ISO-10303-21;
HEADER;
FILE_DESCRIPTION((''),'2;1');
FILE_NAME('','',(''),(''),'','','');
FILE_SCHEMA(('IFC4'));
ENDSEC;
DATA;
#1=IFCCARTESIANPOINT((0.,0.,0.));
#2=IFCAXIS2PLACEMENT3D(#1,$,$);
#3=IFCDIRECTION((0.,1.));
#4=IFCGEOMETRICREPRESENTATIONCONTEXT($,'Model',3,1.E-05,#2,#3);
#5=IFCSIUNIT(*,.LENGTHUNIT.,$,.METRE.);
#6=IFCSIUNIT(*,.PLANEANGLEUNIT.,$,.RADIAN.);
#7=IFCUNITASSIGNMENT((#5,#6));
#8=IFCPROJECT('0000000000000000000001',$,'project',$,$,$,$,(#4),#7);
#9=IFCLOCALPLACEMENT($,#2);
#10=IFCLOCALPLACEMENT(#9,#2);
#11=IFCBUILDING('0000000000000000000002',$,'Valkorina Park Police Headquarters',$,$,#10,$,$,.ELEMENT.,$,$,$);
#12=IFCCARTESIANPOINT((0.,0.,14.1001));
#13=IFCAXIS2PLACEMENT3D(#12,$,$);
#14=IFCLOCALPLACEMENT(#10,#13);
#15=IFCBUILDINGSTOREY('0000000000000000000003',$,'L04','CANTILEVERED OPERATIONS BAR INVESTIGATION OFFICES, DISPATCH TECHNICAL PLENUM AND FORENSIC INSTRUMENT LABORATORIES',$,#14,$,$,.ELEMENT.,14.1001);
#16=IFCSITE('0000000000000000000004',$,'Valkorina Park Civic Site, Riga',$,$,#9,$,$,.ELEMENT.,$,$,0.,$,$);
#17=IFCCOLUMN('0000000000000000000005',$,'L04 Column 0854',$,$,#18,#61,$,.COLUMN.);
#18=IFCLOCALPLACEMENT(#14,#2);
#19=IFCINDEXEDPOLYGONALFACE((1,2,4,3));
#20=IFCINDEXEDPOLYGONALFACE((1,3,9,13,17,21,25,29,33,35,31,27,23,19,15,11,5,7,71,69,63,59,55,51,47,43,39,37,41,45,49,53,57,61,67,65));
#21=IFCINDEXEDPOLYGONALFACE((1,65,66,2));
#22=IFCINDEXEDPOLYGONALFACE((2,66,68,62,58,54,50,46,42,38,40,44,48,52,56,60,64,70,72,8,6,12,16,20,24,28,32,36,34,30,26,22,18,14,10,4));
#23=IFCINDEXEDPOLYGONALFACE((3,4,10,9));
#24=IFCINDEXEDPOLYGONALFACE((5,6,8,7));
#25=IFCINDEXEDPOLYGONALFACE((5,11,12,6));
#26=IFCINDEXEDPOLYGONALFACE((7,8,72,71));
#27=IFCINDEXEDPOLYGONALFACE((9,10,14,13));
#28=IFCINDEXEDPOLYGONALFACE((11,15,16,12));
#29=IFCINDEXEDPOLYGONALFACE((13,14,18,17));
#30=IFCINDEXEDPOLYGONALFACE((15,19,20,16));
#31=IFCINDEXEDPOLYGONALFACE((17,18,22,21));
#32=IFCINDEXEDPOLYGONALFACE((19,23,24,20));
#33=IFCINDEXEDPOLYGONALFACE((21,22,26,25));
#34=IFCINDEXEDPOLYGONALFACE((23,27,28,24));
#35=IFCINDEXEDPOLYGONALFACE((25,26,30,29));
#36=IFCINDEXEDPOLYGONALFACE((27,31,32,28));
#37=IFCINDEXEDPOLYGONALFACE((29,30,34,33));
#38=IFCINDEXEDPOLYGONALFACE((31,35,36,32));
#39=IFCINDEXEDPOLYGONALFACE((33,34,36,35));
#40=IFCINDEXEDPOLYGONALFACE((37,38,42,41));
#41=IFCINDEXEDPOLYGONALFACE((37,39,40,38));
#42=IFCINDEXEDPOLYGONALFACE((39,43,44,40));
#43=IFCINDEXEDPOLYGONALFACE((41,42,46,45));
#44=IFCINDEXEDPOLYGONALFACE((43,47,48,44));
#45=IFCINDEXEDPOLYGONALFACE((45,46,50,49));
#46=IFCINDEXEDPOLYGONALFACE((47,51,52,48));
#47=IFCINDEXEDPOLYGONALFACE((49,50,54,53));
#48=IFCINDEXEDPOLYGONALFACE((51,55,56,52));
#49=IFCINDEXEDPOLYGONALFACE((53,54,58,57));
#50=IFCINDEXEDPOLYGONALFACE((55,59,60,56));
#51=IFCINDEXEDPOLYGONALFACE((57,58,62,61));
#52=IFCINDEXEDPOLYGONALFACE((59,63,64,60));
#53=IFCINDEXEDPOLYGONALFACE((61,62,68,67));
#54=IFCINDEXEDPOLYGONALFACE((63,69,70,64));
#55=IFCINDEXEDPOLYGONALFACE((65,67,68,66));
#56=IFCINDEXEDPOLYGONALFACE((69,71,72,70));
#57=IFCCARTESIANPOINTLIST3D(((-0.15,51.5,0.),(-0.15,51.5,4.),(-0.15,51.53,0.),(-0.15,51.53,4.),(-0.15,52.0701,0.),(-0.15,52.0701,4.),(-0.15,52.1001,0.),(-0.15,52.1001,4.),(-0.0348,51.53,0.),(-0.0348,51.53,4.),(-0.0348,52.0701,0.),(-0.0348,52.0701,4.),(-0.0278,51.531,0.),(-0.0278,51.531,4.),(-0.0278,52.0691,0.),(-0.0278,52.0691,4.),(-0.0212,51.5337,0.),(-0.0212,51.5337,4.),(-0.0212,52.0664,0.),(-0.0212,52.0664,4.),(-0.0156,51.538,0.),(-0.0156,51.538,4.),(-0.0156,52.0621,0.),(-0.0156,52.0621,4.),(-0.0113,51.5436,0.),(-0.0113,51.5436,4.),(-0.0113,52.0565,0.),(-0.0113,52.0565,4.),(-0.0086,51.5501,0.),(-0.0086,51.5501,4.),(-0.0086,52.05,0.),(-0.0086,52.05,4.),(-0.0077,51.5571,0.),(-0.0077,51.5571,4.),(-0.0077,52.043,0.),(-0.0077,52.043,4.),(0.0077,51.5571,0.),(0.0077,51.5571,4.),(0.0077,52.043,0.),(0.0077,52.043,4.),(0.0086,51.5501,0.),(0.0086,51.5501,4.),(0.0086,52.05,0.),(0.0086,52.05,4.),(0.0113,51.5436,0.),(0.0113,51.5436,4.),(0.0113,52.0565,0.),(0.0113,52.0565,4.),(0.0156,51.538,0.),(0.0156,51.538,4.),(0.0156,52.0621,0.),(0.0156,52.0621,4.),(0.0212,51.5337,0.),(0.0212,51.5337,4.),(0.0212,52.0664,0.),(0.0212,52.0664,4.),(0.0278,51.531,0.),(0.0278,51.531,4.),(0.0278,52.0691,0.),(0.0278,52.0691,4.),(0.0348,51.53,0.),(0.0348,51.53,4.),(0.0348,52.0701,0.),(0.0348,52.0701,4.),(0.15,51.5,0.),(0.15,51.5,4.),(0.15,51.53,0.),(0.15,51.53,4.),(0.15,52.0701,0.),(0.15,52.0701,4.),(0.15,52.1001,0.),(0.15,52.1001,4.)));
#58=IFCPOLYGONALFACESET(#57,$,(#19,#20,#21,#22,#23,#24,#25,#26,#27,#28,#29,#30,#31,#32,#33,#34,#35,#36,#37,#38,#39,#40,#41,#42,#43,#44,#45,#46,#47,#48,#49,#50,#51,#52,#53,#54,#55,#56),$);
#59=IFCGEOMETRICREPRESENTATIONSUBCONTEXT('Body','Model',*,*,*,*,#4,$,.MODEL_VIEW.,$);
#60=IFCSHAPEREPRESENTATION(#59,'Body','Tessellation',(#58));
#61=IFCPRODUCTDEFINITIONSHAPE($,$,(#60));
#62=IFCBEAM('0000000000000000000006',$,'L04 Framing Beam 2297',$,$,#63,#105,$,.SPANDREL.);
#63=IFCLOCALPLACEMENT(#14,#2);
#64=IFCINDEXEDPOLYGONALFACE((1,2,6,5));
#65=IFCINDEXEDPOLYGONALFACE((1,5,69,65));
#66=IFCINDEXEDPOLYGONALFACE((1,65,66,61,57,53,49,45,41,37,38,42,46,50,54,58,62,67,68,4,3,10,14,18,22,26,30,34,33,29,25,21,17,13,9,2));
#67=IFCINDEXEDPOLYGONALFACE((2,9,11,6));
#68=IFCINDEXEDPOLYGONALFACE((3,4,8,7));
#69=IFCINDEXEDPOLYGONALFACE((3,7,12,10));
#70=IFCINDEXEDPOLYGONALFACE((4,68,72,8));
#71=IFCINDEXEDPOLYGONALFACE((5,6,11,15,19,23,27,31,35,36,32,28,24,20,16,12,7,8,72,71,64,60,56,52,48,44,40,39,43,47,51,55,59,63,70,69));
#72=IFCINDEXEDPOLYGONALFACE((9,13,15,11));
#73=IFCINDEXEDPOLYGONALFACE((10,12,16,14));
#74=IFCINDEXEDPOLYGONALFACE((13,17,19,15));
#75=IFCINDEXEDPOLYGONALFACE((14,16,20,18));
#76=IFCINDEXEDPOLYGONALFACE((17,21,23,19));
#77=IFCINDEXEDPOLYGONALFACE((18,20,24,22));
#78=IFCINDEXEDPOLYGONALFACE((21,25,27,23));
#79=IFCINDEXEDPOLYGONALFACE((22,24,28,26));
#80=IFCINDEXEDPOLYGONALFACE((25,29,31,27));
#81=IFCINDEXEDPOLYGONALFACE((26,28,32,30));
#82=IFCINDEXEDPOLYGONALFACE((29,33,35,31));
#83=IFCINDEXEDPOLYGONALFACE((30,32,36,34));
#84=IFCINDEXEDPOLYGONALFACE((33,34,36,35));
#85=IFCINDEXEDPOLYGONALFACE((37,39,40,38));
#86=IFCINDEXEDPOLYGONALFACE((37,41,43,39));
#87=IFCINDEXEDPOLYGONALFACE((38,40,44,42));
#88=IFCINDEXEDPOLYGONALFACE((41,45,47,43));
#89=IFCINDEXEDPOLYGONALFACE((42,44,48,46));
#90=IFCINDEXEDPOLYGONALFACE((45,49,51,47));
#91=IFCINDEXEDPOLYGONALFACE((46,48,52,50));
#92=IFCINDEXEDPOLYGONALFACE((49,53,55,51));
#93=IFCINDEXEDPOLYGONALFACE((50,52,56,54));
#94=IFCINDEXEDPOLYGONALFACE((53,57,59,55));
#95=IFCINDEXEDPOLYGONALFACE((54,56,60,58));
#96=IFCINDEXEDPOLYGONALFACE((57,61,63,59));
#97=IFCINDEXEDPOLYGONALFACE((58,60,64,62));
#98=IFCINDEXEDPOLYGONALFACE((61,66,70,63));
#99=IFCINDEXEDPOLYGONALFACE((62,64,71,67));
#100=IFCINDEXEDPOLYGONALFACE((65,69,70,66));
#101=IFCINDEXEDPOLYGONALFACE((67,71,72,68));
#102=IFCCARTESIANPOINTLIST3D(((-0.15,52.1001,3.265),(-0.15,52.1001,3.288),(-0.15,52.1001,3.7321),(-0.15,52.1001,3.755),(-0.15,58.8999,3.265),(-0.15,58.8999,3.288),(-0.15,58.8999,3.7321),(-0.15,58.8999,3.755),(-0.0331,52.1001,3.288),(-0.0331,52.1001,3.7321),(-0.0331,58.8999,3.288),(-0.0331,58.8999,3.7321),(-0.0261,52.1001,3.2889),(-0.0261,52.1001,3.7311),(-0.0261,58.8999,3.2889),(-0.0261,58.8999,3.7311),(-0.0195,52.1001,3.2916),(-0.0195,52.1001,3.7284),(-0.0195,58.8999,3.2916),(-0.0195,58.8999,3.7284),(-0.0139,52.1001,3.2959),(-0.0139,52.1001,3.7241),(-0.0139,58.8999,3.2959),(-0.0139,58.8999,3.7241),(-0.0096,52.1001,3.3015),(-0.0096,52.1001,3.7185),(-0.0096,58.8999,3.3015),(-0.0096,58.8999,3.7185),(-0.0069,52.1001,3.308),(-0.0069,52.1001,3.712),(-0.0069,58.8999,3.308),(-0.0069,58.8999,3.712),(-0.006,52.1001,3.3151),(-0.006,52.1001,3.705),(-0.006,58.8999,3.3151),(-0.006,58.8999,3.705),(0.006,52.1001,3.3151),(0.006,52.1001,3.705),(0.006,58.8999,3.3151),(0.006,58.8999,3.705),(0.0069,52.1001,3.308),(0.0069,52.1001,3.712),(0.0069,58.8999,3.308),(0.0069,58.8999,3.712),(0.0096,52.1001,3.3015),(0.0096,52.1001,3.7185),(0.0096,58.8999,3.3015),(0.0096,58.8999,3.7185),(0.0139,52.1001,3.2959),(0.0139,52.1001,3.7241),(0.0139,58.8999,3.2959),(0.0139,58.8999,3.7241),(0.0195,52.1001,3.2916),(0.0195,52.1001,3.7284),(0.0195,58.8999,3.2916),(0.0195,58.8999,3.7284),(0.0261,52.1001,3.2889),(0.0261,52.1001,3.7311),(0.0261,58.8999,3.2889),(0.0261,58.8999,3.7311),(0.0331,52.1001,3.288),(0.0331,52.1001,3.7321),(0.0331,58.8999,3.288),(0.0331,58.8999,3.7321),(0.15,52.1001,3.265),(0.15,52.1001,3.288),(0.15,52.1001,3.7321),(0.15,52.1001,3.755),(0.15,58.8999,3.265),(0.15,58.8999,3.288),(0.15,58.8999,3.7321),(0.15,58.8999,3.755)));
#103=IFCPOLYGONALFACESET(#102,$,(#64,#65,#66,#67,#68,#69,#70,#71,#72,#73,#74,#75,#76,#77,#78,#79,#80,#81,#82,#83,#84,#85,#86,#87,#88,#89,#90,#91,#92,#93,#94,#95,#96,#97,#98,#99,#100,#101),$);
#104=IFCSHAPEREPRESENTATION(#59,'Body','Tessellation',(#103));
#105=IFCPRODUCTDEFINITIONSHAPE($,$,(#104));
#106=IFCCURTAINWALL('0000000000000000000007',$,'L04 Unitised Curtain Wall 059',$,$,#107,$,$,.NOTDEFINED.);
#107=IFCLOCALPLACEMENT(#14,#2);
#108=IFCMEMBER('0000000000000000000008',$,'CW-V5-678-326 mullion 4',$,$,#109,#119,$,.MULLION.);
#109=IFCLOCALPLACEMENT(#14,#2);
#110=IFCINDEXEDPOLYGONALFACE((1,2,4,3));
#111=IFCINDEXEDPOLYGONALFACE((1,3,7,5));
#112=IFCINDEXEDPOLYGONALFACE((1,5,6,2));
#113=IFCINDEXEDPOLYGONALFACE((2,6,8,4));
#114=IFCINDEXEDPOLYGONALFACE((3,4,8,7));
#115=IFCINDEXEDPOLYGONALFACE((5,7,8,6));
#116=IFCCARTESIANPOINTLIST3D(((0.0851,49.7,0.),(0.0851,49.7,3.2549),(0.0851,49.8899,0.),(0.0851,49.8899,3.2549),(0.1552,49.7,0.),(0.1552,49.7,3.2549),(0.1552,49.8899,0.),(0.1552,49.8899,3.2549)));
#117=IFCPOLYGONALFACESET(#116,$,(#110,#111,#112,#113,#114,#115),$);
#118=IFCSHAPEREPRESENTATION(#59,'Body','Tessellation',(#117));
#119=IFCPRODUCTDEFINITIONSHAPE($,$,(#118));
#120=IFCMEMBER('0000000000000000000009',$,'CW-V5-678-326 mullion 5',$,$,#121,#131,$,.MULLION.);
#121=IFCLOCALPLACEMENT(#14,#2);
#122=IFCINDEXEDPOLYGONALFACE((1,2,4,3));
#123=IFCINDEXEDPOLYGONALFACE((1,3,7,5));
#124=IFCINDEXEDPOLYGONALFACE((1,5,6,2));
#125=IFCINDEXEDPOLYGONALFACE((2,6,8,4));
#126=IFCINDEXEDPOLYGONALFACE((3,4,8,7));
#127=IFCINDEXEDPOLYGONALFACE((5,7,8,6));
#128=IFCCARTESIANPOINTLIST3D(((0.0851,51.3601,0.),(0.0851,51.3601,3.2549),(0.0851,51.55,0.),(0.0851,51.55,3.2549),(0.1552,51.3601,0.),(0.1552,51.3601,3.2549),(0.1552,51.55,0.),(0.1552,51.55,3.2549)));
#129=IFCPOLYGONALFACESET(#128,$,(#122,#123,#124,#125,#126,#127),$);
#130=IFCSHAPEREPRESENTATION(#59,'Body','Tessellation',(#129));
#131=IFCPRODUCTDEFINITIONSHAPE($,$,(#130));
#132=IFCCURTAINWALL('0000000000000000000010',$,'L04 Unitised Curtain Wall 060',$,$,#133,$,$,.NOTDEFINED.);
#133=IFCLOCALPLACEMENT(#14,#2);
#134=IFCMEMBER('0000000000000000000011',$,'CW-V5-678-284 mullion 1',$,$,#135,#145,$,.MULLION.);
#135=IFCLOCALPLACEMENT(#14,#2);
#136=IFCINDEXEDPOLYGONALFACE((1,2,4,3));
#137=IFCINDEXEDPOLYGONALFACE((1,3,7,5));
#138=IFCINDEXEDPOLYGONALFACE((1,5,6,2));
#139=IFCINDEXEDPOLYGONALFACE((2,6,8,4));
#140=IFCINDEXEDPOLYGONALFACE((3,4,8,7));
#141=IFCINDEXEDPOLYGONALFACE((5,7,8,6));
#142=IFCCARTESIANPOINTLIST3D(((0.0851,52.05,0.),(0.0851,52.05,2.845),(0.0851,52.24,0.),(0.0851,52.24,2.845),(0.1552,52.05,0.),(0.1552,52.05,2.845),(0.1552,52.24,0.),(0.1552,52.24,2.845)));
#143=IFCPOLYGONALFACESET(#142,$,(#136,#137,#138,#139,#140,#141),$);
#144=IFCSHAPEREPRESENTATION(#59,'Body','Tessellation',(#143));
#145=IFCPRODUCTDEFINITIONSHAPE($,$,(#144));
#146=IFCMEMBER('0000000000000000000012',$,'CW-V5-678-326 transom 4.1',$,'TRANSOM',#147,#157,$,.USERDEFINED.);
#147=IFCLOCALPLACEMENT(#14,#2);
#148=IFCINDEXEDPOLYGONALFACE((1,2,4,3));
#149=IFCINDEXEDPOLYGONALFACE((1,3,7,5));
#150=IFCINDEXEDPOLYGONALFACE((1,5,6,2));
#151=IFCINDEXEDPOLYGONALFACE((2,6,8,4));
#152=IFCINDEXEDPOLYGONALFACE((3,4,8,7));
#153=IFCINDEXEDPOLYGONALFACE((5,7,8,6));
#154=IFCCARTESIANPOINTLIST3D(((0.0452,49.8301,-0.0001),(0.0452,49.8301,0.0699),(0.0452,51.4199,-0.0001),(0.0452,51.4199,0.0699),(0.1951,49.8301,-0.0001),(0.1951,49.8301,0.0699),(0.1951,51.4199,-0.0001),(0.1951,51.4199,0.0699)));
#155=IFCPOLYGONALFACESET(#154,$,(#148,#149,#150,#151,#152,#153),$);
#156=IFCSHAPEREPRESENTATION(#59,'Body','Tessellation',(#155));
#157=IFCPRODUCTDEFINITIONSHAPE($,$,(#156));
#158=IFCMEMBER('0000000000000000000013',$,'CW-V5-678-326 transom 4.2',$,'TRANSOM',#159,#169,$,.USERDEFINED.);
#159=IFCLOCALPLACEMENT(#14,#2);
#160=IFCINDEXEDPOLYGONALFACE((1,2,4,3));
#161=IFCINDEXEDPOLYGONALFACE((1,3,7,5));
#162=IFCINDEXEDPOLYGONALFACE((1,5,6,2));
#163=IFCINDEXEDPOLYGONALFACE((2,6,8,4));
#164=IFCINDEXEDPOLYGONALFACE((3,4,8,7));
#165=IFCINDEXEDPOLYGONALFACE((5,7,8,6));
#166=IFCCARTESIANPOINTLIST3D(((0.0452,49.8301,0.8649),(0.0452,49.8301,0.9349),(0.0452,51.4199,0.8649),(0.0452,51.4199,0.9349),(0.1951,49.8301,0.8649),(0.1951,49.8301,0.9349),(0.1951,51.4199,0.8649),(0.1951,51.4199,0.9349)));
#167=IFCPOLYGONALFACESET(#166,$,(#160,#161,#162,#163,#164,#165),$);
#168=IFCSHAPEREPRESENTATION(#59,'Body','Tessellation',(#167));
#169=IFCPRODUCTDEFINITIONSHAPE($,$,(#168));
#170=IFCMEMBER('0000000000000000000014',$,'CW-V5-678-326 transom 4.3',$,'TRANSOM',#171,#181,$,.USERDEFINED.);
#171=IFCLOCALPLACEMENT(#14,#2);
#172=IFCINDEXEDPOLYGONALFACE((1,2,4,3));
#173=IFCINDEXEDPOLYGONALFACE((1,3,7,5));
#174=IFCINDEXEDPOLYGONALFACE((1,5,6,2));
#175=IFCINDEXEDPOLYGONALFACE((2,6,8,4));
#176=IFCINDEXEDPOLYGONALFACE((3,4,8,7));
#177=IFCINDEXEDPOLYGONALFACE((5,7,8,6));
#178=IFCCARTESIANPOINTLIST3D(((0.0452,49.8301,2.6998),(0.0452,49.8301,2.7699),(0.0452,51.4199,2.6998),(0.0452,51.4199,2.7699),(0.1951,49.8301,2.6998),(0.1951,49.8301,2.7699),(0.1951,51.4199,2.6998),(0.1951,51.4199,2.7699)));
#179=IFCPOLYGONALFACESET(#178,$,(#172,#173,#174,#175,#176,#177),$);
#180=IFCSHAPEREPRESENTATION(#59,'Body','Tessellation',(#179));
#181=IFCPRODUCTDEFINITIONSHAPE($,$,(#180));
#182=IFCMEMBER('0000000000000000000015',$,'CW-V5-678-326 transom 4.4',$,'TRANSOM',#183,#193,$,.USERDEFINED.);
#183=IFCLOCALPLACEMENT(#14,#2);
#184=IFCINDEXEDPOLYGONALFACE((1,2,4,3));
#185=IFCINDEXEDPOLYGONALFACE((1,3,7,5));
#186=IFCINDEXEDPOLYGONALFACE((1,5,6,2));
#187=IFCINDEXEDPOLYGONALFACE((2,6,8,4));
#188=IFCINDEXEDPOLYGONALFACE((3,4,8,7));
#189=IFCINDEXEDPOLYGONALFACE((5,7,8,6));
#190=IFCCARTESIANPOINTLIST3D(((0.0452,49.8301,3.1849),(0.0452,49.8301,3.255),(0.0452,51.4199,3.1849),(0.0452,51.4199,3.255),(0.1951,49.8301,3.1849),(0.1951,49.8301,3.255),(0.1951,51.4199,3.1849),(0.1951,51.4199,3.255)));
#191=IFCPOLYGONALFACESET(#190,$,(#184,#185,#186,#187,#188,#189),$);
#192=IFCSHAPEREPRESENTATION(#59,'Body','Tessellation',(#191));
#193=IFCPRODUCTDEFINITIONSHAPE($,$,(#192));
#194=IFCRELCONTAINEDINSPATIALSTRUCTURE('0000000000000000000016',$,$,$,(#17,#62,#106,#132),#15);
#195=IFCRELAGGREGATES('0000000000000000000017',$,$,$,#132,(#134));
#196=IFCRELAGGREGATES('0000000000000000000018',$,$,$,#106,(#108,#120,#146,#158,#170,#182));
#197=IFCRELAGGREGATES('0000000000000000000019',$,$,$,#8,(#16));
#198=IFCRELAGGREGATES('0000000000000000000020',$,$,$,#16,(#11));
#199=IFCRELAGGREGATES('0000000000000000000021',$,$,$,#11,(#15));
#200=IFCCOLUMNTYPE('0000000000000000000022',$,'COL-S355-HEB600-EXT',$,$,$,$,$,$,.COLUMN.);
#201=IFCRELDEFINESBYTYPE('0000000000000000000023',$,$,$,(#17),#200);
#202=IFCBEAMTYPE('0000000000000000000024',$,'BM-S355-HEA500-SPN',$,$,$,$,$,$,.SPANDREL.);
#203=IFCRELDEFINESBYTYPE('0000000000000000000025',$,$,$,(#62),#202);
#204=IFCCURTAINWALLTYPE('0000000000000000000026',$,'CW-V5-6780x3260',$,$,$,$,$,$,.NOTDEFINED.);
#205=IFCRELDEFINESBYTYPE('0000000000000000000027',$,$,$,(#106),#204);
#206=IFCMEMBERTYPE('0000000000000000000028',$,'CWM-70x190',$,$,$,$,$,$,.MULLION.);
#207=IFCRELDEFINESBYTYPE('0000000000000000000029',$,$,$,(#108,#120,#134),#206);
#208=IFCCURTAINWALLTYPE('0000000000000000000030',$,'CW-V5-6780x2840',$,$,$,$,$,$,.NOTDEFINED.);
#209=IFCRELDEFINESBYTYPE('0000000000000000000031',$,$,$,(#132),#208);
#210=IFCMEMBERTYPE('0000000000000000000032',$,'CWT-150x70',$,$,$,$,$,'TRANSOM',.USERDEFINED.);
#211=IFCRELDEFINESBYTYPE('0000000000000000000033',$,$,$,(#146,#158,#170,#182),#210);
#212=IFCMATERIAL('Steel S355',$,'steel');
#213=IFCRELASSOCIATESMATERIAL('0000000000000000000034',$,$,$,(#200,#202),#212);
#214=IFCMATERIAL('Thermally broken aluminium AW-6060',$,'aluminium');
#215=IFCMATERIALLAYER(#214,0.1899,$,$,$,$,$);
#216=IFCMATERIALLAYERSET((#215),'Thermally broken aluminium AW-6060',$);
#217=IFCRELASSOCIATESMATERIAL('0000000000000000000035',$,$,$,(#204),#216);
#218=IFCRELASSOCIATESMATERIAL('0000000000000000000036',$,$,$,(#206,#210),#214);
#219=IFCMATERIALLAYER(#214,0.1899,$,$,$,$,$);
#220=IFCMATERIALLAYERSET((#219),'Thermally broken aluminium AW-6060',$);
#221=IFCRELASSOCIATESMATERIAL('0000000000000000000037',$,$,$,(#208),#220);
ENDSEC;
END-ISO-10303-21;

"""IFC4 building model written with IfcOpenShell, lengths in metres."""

from ifc_helpers import new_model, si_unit, direction, frame, origin, origin_2d, place, context, subcontext, project, spatial, rectangle, i_section, extrude, material, layer, layer_set, material_profile, profile_set, type_object, element, aggregate, save


model = new_model("IFC4")

# Units and contexts
model_context = context("Model", 3, precision=1e-05, world=origin(), true_north=direction((0.0, 1.0)))
body_context = subcontext(model_context, "Body", "Model", "MODEL_VIEW")
ifc_project = project(units=[si_unit("LENGTHUNIT", "METRE"), si_unit("PLANEANGLEUNIT", "RADIAN")], contexts=[model_context])

# Site, building, storey
site_placement = place(None, origin())
site = spatial("IfcSite", under=ifc_project, at=site_placement, Name="Valkorina Park Civic Site, Riga", CompositionType="ELEMENT", RefElevation=0.0)
building_placement = place(site_placement, origin())
building = spatial("IfcBuilding", under=site, at=building_placement, Name="Valkorina Park Police Headquarters", CompositionType="ELEMENT")
storey_placement = place(building_placement, frame((0.0, 0.0, 14.1001)))
storey = spatial("IfcBuildingStorey", under=building, at=storey_placement, Name="L04", Description="CANTILEVERED OPERATIONS BAR INVESTIGATION OFFICES, DISPATCH TECHNICAL PLENUM AND FORENSIC INSTRUMENT LABORATORIES", CompositionType="ELEMENT", Elevation=14.1001)

# Column
ifc_material_1 = material(Name="Steel S355", Category="steel")
ifc_material_profile_1 = material_profile(ifc_material_1, i_section(OverallWidth=0.3, OverallDepth=0.6001, WebThickness=0.0154, FlangeThickness=0.03, FilletRadius=0.0271, at=origin_2d()), Name="HEB 600")
ifc_profile_set_1 = profile_set([ifc_material_profile_1], Name="Steel S355")
column_type = type_object("IfcColumnType", Name="COL-S355-HEB600-EXT", PredefinedType="COLUMN", material=ifc_profile_set_1)
column_placement = place(storey_placement, frame((0.0, 51.8, 0.0), z_axis=(0.0, 0.0, 1.0), x_axis=(1.0, 0.0, 0.0)))
element("IfcColumn", 1, at=column_placement, inside=storey, type_object=column_type, Name="L04 Column 0854", PredefinedType="COLUMN", context=body_context, shape_type="SweptSolid", body=[
    extrude(i_section(OverallWidth=0.3, OverallDepth=0.6001, WebThickness=0.0154, FlangeThickness=0.03, FilletRadius=0.0271, at=origin_2d()), origin(), (0.0, 0.0, 1.0), 4.0),
])

# Beam
ifc_material_profile_2 = material_profile(ifc_material_1, i_section(OverallWidth=0.3, OverallDepth=0.49, WebThickness=0.012, FlangeThickness=0.0229, FilletRadius=0.0271, at=origin_2d()), Name="HEA 500")
ifc_profile_set_2 = profile_set([ifc_material_profile_2], Name="Steel S355")
beam_type = type_object("IfcBeamType", Name="BM-S355-HEA500-SPN", PredefinedType="SPANDREL", material=ifc_profile_set_2)
beam_placement = place(storey_placement, frame((0.0, 52.1001, 3.51), z_axis=(0.0, 1.0, 0.0), x_axis=(-1.0, 0.0, 0.0)))
element("IfcBeam", 2, at=beam_placement, inside=storey, type_object=beam_type, Name="L04 Framing Beam 2297", PredefinedType="SPANDREL", context=body_context, shape_type="SweptSolid", body=[
    extrude(i_section(OverallWidth=0.3, OverallDepth=0.49, WebThickness=0.012, FlangeThickness=0.0229, FilletRadius=0.0271, at=origin_2d()), origin(), (0.0, 0.0, 1.0), 6.7998),
])

# Curtain wall, members
ifc_material_2 = material(Name="Thermally broken aluminium AW-6060", Category="aluminium")
ifc_layer_1 = layer(ifc_material_2, 0.1899)
ifc_layer_set_1 = layer_set([ifc_layer_1], Name="Thermally broken aluminium AW-6060")
curtain_wall_type_1 = type_object("IfcCurtainWallType", Name="CW-V5-6780x3260", PredefinedType="NOTDEFINED", material=ifc_layer_set_1)
curtain_wall_1_placement = place(storey_placement, origin())
curtain_wall_1 = element("IfcCurtainWall", 3, at=curtain_wall_1_placement, inside=storey, type_object=curtain_wall_type_1, Name="L04 Unitised Curtain Wall 059", PredefinedType="NOTDEFINED")
ifc_material_profile_3 = material_profile(ifc_material_2, rectangle(XDim=0.0701, YDim=0.1899, at=origin_2d()), Name="CWM-02 70x190")
ifc_profile_set_3 = profile_set([ifc_material_profile_3], Name="Thermally broken aluminium AW-6060")
member_type_1 = type_object("IfcMemberType", Name="CWM-70x190", PredefinedType="MULLION", material=ifc_profile_set_3)
member_1_placement = place(storey_placement, frame((0.1201, 49.7949, 0.0), z_axis=(0.0, 0.0, 1.0), x_axis=(-1.0, 0.0, 0.0)))
member_1 = element("IfcMember", 4, at=member_1_placement, type_object=member_type_1, Name="CW-V5-678-326 mullion 4", PredefinedType="MULLION", context=body_context, shape_type="SweptSolid", body=[
    extrude(rectangle(XDim=0.0701, YDim=0.1899, at=origin_2d()), origin(), (0.0, 0.0, 1.0), 3.2549),
])
member_2_placement = place(storey_placement, frame((0.1201, 51.4551, 0.0), z_axis=(0.0, 0.0, 1.0), x_axis=(-1.0, 0.0, 0.0)))
member_2 = element("IfcMember", 5, at=member_2_placement, type_object=member_type_1, Name="CW-V5-678-326 mullion 5", PredefinedType="MULLION", context=body_context, shape_type="SweptSolid", body=[
    extrude(rectangle(XDim=0.0701, YDim=0.1899, at=origin_2d()), origin(), (0.0, 0.0, 1.0), 3.2549),
])

# Curtain wall, member
ifc_layer_2 = layer(ifc_material_2, 0.1899)
ifc_layer_set_2 = layer_set([ifc_layer_2], Name="Thermally broken aluminium AW-6060")
curtain_wall_type_2 = type_object("IfcCurtainWallType", Name="CW-V5-6780x2840", PredefinedType="NOTDEFINED", material=ifc_layer_set_2)
curtain_wall_2_placement = place(storey_placement, origin())
curtain_wall_2 = element("IfcCurtainWall", 6, at=curtain_wall_2_placement, inside=storey, type_object=curtain_wall_type_2, Name="L04 Unitised Curtain Wall 060", PredefinedType="NOTDEFINED")
member_3_placement = place(storey_placement, frame((0.1201, 52.145, 0.0), z_axis=(0.0, 0.0, 1.0), x_axis=(-1.0, 0.0, 0.0)))
member_3 = element("IfcMember", 7, at=member_3_placement, type_object=member_type_1, Name="CW-V5-678-284 mullion 1", PredefinedType="MULLION", context=body_context, shape_type="SweptSolid", body=[
    extrude(rectangle(XDim=0.0701, YDim=0.1899, at=origin_2d()), origin(), (0.0, 0.0, 1.0), 2.845),
])

# Members
ifc_material_profile_4 = material_profile(ifc_material_2, rectangle(XDim=0.1499, YDim=0.0701, at=origin_2d()), Name="CWT-02 150x70")
ifc_profile_set_4 = profile_set([ifc_material_profile_4], Name="Thermally broken aluminium AW-6060")
member_type_2 = type_object("IfcMemberType", Name="CWT-150x70", ElementType="TRANSOM", PredefinedType="USERDEFINED", material=ifc_profile_set_4)
member_4_placement = place(storey_placement, frame((0.1201, 49.8301, 0.0349), z_axis=(0.0, 1.0, 0.0), x_axis=(-1.0, 0.0, 0.0)))
member_4 = element("IfcMember", 8, at=member_4_placement, type_object=member_type_2, Name="CW-V5-678-326 transom 4.1", ObjectType="TRANSOM", PredefinedType="USERDEFINED", context=body_context, shape_type="SweptSolid", body=[
    extrude(rectangle(XDim=0.1499, YDim=0.0701, at=origin_2d()), origin(), (0.0, 0.0, 1.0), 1.5898),
])
member_5_placement = place(storey_placement, frame((0.1201, 49.8301, 0.8999), z_axis=(0.0, 1.0, 0.0), x_axis=(-1.0, 0.0, 0.0)))
member_5 = element("IfcMember", 9, at=member_5_placement, type_object=member_type_2, Name="CW-V5-678-326 transom 4.2", ObjectType="TRANSOM", PredefinedType="USERDEFINED", context=body_context, shape_type="SweptSolid", body=[
    extrude(rectangle(XDim=0.1499, YDim=0.0701, at=origin_2d()), origin(), (0.0, 0.0, 1.0), 1.5898),
])
member_6_placement = place(storey_placement, frame((0.1201, 49.8301, 2.7349), z_axis=(0.0, 1.0, 0.0), x_axis=(-1.0, 0.0, 0.0)))
member_6 = element("IfcMember", 10, at=member_6_placement, type_object=member_type_2, Name="CW-V5-678-326 transom 4.3", ObjectType="TRANSOM", PredefinedType="USERDEFINED", context=body_context, shape_type="SweptSolid", body=[
    extrude(rectangle(XDim=0.1499, YDim=0.0701, at=origin_2d()), origin(), (0.0, 0.0, 1.0), 1.5898),
])
member_7_placement = place(storey_placement, frame((0.1201, 49.8301, 3.22), z_axis=(0.0, 1.0, 0.0), x_axis=(-1.0, 0.0, 0.0)))
member_7 = element("IfcMember", 11, at=member_7_placement, type_object=member_type_2, Name="CW-V5-678-326 transom 4.4", ObjectType="TRANSOM", PredefinedType="USERDEFINED", context=body_context, shape_type="SweptSolid", body=[
    extrude(rectangle(XDim=0.1499, YDim=0.0701, at=origin_2d()), origin(), (0.0, 0.0, 1.0), 1.5898),
])
aggregate(curtain_wall_2, [member_3])

aggregate(curtain_wall_1, [member_1, member_2, member_4, member_5, member_6, member_7])

save(model, "model.ifc")
